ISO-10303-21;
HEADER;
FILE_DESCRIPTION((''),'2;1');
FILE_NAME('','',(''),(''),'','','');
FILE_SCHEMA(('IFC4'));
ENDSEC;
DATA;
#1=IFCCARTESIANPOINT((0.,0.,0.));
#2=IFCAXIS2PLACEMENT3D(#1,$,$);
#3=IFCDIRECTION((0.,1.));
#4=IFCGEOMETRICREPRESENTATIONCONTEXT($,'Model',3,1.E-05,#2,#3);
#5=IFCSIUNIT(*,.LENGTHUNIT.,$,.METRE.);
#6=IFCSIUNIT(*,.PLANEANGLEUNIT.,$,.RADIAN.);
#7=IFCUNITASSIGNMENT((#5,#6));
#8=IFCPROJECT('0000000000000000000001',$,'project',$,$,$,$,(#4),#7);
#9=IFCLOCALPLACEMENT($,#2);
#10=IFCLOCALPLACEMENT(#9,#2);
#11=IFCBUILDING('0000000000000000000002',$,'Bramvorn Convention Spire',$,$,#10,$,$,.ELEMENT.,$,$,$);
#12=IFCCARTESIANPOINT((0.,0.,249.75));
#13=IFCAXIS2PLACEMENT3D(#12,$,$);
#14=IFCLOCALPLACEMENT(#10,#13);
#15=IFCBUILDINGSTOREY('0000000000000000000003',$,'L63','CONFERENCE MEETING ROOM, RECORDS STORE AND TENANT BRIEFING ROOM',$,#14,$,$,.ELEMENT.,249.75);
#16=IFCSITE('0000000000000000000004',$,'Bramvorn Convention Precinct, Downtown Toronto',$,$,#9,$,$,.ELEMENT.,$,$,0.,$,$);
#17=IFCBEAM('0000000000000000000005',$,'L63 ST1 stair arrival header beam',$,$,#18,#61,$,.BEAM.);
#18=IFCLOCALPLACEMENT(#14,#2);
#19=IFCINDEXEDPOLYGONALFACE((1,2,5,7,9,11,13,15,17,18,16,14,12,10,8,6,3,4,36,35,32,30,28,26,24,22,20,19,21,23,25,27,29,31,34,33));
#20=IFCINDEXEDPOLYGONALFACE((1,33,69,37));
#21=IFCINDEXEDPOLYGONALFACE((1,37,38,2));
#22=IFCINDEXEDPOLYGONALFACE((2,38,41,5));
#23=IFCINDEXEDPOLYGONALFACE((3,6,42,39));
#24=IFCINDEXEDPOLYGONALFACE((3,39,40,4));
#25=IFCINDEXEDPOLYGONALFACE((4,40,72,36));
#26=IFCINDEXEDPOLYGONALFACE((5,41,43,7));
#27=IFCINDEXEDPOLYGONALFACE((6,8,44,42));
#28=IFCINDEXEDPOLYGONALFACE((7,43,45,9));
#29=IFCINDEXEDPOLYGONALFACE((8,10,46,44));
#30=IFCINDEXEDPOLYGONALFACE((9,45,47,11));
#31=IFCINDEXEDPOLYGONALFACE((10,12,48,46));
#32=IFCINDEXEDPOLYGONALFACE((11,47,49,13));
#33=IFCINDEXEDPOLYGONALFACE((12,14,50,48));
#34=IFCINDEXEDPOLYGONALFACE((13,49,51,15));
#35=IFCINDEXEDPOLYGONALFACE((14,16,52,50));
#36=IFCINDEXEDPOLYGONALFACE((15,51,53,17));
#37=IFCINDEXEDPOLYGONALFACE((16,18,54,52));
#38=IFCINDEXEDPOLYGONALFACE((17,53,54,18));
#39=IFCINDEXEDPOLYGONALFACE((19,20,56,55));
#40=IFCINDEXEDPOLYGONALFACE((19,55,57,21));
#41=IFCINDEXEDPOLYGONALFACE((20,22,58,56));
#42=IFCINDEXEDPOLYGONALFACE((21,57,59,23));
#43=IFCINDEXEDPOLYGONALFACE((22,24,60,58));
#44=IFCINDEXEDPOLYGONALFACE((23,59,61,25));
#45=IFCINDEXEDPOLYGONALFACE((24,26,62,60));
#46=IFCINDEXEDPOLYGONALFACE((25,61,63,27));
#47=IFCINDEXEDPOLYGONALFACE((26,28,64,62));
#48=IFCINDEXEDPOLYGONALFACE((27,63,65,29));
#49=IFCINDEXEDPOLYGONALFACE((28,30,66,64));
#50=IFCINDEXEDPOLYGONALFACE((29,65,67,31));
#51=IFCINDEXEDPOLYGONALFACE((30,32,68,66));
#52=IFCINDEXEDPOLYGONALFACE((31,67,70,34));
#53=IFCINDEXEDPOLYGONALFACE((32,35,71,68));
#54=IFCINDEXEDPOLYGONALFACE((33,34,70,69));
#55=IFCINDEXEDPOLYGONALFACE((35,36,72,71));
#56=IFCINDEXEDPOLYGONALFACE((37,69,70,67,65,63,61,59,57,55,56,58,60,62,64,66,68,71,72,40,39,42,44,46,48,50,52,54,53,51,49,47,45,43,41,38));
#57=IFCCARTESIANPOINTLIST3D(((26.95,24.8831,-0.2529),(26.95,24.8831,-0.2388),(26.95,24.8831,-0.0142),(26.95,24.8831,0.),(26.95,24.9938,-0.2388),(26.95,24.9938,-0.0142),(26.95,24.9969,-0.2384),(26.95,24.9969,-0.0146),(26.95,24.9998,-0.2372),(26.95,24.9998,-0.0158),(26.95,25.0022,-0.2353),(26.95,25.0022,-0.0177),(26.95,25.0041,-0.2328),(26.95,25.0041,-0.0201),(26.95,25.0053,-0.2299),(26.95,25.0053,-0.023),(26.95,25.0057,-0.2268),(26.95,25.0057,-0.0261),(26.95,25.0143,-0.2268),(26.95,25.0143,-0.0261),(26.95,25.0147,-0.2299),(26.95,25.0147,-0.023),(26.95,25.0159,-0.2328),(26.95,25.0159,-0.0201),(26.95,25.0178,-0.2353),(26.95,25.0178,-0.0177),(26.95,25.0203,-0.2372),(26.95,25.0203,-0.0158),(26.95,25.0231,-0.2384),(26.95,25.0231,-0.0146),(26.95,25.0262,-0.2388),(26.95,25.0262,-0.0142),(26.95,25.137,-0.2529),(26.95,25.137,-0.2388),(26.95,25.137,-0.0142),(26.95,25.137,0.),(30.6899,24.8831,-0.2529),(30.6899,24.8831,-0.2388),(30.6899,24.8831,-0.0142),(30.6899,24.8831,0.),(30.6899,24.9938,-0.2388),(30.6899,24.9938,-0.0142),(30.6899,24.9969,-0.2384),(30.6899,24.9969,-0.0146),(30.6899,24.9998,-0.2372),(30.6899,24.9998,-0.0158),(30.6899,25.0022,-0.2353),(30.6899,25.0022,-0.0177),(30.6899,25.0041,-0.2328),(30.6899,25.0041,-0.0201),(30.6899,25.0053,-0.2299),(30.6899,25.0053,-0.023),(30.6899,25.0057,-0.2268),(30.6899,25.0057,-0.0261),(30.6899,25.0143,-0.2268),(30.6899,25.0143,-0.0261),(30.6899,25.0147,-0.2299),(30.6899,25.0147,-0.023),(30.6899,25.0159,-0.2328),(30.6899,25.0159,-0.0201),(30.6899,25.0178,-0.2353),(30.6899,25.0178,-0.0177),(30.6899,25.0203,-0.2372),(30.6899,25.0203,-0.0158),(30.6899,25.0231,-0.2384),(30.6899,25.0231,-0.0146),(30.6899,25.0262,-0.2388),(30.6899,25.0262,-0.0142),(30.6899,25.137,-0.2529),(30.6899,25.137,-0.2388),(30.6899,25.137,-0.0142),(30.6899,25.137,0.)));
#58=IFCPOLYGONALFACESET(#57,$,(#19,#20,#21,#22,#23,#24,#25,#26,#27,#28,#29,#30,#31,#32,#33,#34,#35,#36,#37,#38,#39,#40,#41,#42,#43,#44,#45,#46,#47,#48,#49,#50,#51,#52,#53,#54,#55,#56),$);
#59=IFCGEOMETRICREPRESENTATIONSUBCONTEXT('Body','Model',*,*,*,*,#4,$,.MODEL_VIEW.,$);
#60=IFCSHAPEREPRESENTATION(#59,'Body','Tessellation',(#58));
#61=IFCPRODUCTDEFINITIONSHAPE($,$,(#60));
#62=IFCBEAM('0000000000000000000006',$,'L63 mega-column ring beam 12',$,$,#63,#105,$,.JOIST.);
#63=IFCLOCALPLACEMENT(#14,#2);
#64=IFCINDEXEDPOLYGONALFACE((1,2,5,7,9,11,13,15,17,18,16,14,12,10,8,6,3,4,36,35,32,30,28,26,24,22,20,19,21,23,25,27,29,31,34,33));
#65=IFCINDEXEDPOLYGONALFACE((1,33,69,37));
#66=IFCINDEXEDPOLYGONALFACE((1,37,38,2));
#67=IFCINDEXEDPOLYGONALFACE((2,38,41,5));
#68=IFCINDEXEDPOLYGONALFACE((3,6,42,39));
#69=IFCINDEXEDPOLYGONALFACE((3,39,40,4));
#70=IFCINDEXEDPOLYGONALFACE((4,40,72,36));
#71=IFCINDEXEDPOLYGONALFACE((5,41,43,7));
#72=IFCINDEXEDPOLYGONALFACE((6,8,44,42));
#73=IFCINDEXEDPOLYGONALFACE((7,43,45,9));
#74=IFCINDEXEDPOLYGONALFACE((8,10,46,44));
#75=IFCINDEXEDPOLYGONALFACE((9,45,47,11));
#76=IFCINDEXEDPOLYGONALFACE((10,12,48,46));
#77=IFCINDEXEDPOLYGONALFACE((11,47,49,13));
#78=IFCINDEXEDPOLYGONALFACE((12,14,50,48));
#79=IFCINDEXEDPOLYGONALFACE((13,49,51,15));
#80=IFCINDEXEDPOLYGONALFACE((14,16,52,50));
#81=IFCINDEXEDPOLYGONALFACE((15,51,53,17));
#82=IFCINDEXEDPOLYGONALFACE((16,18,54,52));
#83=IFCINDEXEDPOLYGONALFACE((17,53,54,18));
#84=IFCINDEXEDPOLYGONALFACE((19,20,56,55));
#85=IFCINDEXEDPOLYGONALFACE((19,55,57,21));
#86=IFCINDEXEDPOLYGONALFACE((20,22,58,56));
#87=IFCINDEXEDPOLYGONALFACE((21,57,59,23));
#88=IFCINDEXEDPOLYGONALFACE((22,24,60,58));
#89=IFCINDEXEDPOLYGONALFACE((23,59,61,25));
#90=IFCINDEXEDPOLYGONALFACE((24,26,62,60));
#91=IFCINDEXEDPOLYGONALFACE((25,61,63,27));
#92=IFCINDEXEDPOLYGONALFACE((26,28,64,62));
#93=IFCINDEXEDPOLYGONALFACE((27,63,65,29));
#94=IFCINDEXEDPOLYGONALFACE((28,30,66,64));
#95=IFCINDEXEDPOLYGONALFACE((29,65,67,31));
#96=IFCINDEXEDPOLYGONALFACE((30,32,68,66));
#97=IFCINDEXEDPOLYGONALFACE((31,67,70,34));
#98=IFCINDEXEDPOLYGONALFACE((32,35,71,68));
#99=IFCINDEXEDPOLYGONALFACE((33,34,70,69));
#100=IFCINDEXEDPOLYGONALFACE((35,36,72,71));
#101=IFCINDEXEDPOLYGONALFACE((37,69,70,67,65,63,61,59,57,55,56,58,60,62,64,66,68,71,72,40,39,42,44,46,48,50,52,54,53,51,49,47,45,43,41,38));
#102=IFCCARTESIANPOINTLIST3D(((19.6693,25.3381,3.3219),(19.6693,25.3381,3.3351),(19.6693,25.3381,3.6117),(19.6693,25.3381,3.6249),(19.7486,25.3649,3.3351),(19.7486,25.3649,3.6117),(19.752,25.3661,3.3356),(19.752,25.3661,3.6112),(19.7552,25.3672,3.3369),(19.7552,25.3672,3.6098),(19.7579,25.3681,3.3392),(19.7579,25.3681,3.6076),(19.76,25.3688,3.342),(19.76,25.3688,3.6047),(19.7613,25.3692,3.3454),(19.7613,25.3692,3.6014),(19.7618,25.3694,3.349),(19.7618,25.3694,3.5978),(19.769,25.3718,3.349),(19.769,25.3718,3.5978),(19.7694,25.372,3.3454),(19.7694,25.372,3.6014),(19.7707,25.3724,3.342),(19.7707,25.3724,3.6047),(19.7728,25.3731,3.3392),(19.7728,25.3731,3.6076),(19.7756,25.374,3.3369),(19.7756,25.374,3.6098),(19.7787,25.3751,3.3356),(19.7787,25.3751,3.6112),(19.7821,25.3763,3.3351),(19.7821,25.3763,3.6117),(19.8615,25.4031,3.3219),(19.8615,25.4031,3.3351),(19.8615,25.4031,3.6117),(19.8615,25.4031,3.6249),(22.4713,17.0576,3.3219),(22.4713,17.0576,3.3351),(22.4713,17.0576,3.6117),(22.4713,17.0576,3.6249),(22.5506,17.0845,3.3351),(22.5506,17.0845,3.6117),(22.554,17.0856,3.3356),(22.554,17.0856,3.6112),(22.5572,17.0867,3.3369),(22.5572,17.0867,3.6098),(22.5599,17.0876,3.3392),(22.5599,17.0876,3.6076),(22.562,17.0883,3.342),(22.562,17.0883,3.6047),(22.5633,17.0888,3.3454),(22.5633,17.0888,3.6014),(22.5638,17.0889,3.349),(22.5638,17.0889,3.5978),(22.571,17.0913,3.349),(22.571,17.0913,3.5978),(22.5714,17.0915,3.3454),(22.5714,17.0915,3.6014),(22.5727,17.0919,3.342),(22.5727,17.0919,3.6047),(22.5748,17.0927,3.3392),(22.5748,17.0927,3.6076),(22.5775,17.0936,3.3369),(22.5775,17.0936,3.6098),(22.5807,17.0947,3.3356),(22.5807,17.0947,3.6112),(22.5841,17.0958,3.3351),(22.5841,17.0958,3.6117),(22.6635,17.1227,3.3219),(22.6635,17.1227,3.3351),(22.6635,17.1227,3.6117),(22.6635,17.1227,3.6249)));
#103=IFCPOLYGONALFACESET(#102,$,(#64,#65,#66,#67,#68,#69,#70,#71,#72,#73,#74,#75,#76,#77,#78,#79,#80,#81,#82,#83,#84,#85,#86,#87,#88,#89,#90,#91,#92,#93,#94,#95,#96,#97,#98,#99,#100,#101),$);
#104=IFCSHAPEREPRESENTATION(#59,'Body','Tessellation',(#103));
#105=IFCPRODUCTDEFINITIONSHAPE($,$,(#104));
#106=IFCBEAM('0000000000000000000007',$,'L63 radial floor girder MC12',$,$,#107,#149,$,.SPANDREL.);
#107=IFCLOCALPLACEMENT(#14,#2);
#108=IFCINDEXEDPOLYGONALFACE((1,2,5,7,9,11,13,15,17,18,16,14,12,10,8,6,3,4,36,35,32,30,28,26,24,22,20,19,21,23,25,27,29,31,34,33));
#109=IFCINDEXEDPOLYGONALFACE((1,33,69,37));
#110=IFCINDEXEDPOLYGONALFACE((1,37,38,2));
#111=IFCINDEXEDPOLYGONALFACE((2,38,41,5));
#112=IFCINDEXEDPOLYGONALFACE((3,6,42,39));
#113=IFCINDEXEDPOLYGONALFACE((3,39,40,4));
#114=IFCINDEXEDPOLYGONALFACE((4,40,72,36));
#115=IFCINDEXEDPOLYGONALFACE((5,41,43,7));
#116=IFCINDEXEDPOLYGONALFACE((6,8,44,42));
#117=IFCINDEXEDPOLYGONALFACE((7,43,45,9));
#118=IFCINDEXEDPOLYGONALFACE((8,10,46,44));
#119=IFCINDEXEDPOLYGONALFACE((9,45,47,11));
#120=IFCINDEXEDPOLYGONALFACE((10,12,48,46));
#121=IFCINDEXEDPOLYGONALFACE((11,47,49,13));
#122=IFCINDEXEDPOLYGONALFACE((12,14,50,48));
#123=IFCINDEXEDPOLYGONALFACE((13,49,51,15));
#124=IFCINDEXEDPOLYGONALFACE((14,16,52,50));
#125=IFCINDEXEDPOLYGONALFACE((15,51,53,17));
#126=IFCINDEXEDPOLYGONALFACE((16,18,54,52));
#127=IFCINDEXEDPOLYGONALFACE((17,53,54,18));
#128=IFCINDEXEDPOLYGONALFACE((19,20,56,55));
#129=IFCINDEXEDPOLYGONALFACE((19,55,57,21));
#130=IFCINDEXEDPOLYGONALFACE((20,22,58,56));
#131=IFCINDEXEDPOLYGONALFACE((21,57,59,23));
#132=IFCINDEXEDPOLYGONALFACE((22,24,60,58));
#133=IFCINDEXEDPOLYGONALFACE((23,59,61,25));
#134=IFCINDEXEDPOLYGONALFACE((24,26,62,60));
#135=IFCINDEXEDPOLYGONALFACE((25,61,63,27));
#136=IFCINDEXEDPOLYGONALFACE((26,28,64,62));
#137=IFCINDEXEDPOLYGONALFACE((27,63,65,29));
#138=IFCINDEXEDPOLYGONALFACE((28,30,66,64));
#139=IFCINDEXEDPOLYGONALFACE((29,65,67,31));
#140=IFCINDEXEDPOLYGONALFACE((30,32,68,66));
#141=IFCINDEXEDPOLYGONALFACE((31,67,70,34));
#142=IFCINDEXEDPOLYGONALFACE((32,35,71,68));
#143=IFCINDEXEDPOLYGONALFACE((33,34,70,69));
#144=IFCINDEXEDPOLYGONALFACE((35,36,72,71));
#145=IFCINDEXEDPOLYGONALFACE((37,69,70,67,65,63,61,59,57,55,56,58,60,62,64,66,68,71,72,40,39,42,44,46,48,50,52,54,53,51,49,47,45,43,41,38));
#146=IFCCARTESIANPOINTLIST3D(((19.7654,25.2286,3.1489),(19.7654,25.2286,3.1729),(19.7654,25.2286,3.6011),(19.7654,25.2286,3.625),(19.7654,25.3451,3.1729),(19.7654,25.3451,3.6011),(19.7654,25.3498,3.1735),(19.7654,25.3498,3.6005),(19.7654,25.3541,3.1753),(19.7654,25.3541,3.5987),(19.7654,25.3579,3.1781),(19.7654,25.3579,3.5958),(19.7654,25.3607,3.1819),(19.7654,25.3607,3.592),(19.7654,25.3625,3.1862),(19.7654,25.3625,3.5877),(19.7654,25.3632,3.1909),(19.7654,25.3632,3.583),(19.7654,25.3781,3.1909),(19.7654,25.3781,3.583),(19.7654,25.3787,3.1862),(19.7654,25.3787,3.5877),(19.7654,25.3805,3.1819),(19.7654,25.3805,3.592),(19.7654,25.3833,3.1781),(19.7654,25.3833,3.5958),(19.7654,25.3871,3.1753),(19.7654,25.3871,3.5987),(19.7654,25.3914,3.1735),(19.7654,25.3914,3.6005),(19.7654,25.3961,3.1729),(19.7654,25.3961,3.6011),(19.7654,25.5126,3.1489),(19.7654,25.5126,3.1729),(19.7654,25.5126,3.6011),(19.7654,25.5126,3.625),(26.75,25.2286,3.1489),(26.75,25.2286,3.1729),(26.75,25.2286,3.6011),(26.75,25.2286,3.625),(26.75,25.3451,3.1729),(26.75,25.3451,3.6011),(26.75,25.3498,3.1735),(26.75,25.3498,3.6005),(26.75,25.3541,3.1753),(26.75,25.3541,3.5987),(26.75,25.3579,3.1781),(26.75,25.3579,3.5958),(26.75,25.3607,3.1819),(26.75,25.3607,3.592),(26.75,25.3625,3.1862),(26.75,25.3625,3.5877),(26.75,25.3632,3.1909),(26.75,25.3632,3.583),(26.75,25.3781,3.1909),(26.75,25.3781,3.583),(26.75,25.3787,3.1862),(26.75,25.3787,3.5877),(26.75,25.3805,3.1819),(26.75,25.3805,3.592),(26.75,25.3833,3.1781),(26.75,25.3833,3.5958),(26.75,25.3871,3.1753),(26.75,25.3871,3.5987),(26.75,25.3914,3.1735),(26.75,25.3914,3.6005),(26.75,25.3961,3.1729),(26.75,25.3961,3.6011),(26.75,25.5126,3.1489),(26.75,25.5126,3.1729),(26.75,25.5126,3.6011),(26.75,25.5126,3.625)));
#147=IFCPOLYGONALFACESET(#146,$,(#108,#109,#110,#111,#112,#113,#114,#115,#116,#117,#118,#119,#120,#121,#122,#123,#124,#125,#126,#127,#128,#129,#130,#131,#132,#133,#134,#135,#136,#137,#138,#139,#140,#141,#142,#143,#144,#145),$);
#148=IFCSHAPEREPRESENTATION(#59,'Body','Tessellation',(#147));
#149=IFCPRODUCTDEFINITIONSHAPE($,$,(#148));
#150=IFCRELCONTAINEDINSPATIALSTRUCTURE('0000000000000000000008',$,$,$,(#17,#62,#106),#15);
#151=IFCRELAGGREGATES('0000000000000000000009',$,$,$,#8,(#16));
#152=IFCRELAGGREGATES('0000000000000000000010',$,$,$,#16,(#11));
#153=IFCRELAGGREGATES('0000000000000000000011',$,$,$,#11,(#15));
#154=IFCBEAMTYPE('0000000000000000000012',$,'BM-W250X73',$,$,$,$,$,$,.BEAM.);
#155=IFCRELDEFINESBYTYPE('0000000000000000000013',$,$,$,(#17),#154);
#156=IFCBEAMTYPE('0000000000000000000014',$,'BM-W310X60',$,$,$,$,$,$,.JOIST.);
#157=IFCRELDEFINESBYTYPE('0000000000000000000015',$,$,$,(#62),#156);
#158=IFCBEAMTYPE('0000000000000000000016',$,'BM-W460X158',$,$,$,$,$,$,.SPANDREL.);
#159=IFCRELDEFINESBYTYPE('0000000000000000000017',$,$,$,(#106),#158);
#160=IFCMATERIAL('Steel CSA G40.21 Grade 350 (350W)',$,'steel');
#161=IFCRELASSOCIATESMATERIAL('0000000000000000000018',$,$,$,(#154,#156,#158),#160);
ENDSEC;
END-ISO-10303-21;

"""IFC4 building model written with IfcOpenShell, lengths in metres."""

from ifc_helpers import new_model, si_unit, direction, frame, origin, origin_2d, place, context, subcontext, project, spatial, i_section, extrude, material, material_profile, profile_set, type_object, element, save


model = new_model("IFC4")

# Units and contexts
model_context = context("Model", 3, precision=1e-05, world=origin(), true_north=direction((0.0, 1.0)))
body_context = subcontext(model_context, "Body", "Model", "MODEL_VIEW")
ifc_project = project(units=[si_unit("LENGTHUNIT", "METRE"), si_unit("PLANEANGLEUNIT", "RADIAN")], contexts=[model_context])

# Site, building, storey
site_placement = place(None, origin())
site = spatial("IfcSite", under=ifc_project, at=site_placement, Name="Bramvorn Convention Precinct, Downtown Toronto", CompositionType="ELEMENT", RefElevation=0.0)
building_placement = place(site_placement, origin())
building = spatial("IfcBuilding", under=site, at=building_placement, Name="Bramvorn Convention Spire", CompositionType="ELEMENT")
storey_placement = place(building_placement, frame((0.0, 0.0, 249.75)))
storey = spatial("IfcBuildingStorey", under=building, at=storey_placement, Name="L63", Description="CONFERENCE MEETING ROOM, RECORDS STORE AND TENANT BRIEFING ROOM", CompositionType="ELEMENT", Elevation=249.75)

# Shared definitions
ifc_material_1 = material(Name="Steel CSA G40.21 Grade 350 (350W)", Category="steel")

# Beams
ifc_material_profile_1 = material_profile(ifc_material_1, i_section(OverallWidth=0.2539, OverallDepth=0.2529, WebThickness=0.0085, FlangeThickness=0.0142, FilletRadius=0.012, at=origin_2d()))
ifc_profile_set_1 = profile_set([ifc_material_profile_1], Name="Steel CSA G40.21 Grade 350 (350W) - W250X73")
beam_type_1 = type_object("IfcBeamType", Name="BM-W250X73", PredefinedType="BEAM", material=ifc_profile_set_1)
beam_1_placement = place(storey_placement, frame((26.95, 25.01, -0.1265), z_axis=(1.0, 0.0, 0.0), x_axis=(0.0, 1.0, 0.0)))
element("IfcBeam", 1, at=beam_1_placement, inside=storey, type_object=beam_type_1, Name="L63 ST1 stair arrival header beam", PredefinedType="BEAM", context=body_context, shape_type="SweptSolid", body=[
    extrude(i_section(OverallWidth=0.2539, OverallDepth=0.2529, WebThickness=0.0085, FlangeThickness=0.0142, FilletRadius=0.012, at=origin_2d()), origin(), (0.0, 0.0, 1.0), 3.74),
])
ifc_material_profile_2 = material_profile(ifc_material_1, i_section(OverallWidth=0.2029, OverallDepth=0.303, WebThickness=0.0076, FlangeThickness=0.0132, FilletRadius=0.0139, at=origin_2d()))
ifc_profile_set_2 = profile_set([ifc_material_profile_2], Name="Steel CSA G40.21 Grade 350 (350W) - W310X60")
beam_type_2 = type_object("IfcBeamType", Name="BM-W310X60", PredefinedType="JOIST", material=ifc_profile_set_2)
beam_2_placement = place(storey_placement, frame((19.7654, 25.3706, 3.4734), z_axis=(0.320531, -0.947238, 0.0), x_axis=(0.947238, 0.320531, 0.0)))
element("IfcBeam", 2, at=beam_2_placement, inside=storey, type_object=beam_type_2, Name="L63 mega-column ring beam 12", PredefinedType="JOIST", context=body_context, shape_type="SweptSolid", body=[
    extrude(i_section(OverallWidth=0.2029, OverallDepth=0.303, WebThickness=0.0076, FlangeThickness=0.0132, FilletRadius=0.0139, at=origin_2d()), origin(), (0.0, 0.0, 1.0), 8.7417),
])
ifc_material_profile_3 = material_profile(ifc_material_1, i_section(OverallWidth=0.2839, OverallDepth=0.4761, WebThickness=0.0149, FlangeThickness=0.0239, FilletRadius=0.0181, at=origin_2d()))
ifc_profile_set_3 = profile_set([ifc_material_profile_3], Name="Steel CSA G40.21 Grade 350 (350W) - W460X158")
beam_type_3 = type_object("IfcBeamType", Name="BM-W460X158", PredefinedType="SPANDREL", material=ifc_profile_set_3)
beam_3_placement = place(storey_placement, frame((26.75, 25.3706, 3.387), z_axis=(-1.0, 0.0, 0.0), x_axis=(0.0, -1.0, 0.0)))
element("IfcBeam", 3, at=beam_3_placement, inside=storey, type_object=beam_type_3, Name="L63 radial floor girder MC12", PredefinedType="SPANDREL", context=body_context, shape_type="SweptSolid", body=[
    extrude(i_section(OverallWidth=0.2839, OverallDepth=0.4761, WebThickness=0.0149, FlangeThickness=0.0239, FilletRadius=0.0181, at=origin_2d()), origin(), (0.0, 0.0, 1.0), 6.9846),
])

save(model, "model.ifc")
